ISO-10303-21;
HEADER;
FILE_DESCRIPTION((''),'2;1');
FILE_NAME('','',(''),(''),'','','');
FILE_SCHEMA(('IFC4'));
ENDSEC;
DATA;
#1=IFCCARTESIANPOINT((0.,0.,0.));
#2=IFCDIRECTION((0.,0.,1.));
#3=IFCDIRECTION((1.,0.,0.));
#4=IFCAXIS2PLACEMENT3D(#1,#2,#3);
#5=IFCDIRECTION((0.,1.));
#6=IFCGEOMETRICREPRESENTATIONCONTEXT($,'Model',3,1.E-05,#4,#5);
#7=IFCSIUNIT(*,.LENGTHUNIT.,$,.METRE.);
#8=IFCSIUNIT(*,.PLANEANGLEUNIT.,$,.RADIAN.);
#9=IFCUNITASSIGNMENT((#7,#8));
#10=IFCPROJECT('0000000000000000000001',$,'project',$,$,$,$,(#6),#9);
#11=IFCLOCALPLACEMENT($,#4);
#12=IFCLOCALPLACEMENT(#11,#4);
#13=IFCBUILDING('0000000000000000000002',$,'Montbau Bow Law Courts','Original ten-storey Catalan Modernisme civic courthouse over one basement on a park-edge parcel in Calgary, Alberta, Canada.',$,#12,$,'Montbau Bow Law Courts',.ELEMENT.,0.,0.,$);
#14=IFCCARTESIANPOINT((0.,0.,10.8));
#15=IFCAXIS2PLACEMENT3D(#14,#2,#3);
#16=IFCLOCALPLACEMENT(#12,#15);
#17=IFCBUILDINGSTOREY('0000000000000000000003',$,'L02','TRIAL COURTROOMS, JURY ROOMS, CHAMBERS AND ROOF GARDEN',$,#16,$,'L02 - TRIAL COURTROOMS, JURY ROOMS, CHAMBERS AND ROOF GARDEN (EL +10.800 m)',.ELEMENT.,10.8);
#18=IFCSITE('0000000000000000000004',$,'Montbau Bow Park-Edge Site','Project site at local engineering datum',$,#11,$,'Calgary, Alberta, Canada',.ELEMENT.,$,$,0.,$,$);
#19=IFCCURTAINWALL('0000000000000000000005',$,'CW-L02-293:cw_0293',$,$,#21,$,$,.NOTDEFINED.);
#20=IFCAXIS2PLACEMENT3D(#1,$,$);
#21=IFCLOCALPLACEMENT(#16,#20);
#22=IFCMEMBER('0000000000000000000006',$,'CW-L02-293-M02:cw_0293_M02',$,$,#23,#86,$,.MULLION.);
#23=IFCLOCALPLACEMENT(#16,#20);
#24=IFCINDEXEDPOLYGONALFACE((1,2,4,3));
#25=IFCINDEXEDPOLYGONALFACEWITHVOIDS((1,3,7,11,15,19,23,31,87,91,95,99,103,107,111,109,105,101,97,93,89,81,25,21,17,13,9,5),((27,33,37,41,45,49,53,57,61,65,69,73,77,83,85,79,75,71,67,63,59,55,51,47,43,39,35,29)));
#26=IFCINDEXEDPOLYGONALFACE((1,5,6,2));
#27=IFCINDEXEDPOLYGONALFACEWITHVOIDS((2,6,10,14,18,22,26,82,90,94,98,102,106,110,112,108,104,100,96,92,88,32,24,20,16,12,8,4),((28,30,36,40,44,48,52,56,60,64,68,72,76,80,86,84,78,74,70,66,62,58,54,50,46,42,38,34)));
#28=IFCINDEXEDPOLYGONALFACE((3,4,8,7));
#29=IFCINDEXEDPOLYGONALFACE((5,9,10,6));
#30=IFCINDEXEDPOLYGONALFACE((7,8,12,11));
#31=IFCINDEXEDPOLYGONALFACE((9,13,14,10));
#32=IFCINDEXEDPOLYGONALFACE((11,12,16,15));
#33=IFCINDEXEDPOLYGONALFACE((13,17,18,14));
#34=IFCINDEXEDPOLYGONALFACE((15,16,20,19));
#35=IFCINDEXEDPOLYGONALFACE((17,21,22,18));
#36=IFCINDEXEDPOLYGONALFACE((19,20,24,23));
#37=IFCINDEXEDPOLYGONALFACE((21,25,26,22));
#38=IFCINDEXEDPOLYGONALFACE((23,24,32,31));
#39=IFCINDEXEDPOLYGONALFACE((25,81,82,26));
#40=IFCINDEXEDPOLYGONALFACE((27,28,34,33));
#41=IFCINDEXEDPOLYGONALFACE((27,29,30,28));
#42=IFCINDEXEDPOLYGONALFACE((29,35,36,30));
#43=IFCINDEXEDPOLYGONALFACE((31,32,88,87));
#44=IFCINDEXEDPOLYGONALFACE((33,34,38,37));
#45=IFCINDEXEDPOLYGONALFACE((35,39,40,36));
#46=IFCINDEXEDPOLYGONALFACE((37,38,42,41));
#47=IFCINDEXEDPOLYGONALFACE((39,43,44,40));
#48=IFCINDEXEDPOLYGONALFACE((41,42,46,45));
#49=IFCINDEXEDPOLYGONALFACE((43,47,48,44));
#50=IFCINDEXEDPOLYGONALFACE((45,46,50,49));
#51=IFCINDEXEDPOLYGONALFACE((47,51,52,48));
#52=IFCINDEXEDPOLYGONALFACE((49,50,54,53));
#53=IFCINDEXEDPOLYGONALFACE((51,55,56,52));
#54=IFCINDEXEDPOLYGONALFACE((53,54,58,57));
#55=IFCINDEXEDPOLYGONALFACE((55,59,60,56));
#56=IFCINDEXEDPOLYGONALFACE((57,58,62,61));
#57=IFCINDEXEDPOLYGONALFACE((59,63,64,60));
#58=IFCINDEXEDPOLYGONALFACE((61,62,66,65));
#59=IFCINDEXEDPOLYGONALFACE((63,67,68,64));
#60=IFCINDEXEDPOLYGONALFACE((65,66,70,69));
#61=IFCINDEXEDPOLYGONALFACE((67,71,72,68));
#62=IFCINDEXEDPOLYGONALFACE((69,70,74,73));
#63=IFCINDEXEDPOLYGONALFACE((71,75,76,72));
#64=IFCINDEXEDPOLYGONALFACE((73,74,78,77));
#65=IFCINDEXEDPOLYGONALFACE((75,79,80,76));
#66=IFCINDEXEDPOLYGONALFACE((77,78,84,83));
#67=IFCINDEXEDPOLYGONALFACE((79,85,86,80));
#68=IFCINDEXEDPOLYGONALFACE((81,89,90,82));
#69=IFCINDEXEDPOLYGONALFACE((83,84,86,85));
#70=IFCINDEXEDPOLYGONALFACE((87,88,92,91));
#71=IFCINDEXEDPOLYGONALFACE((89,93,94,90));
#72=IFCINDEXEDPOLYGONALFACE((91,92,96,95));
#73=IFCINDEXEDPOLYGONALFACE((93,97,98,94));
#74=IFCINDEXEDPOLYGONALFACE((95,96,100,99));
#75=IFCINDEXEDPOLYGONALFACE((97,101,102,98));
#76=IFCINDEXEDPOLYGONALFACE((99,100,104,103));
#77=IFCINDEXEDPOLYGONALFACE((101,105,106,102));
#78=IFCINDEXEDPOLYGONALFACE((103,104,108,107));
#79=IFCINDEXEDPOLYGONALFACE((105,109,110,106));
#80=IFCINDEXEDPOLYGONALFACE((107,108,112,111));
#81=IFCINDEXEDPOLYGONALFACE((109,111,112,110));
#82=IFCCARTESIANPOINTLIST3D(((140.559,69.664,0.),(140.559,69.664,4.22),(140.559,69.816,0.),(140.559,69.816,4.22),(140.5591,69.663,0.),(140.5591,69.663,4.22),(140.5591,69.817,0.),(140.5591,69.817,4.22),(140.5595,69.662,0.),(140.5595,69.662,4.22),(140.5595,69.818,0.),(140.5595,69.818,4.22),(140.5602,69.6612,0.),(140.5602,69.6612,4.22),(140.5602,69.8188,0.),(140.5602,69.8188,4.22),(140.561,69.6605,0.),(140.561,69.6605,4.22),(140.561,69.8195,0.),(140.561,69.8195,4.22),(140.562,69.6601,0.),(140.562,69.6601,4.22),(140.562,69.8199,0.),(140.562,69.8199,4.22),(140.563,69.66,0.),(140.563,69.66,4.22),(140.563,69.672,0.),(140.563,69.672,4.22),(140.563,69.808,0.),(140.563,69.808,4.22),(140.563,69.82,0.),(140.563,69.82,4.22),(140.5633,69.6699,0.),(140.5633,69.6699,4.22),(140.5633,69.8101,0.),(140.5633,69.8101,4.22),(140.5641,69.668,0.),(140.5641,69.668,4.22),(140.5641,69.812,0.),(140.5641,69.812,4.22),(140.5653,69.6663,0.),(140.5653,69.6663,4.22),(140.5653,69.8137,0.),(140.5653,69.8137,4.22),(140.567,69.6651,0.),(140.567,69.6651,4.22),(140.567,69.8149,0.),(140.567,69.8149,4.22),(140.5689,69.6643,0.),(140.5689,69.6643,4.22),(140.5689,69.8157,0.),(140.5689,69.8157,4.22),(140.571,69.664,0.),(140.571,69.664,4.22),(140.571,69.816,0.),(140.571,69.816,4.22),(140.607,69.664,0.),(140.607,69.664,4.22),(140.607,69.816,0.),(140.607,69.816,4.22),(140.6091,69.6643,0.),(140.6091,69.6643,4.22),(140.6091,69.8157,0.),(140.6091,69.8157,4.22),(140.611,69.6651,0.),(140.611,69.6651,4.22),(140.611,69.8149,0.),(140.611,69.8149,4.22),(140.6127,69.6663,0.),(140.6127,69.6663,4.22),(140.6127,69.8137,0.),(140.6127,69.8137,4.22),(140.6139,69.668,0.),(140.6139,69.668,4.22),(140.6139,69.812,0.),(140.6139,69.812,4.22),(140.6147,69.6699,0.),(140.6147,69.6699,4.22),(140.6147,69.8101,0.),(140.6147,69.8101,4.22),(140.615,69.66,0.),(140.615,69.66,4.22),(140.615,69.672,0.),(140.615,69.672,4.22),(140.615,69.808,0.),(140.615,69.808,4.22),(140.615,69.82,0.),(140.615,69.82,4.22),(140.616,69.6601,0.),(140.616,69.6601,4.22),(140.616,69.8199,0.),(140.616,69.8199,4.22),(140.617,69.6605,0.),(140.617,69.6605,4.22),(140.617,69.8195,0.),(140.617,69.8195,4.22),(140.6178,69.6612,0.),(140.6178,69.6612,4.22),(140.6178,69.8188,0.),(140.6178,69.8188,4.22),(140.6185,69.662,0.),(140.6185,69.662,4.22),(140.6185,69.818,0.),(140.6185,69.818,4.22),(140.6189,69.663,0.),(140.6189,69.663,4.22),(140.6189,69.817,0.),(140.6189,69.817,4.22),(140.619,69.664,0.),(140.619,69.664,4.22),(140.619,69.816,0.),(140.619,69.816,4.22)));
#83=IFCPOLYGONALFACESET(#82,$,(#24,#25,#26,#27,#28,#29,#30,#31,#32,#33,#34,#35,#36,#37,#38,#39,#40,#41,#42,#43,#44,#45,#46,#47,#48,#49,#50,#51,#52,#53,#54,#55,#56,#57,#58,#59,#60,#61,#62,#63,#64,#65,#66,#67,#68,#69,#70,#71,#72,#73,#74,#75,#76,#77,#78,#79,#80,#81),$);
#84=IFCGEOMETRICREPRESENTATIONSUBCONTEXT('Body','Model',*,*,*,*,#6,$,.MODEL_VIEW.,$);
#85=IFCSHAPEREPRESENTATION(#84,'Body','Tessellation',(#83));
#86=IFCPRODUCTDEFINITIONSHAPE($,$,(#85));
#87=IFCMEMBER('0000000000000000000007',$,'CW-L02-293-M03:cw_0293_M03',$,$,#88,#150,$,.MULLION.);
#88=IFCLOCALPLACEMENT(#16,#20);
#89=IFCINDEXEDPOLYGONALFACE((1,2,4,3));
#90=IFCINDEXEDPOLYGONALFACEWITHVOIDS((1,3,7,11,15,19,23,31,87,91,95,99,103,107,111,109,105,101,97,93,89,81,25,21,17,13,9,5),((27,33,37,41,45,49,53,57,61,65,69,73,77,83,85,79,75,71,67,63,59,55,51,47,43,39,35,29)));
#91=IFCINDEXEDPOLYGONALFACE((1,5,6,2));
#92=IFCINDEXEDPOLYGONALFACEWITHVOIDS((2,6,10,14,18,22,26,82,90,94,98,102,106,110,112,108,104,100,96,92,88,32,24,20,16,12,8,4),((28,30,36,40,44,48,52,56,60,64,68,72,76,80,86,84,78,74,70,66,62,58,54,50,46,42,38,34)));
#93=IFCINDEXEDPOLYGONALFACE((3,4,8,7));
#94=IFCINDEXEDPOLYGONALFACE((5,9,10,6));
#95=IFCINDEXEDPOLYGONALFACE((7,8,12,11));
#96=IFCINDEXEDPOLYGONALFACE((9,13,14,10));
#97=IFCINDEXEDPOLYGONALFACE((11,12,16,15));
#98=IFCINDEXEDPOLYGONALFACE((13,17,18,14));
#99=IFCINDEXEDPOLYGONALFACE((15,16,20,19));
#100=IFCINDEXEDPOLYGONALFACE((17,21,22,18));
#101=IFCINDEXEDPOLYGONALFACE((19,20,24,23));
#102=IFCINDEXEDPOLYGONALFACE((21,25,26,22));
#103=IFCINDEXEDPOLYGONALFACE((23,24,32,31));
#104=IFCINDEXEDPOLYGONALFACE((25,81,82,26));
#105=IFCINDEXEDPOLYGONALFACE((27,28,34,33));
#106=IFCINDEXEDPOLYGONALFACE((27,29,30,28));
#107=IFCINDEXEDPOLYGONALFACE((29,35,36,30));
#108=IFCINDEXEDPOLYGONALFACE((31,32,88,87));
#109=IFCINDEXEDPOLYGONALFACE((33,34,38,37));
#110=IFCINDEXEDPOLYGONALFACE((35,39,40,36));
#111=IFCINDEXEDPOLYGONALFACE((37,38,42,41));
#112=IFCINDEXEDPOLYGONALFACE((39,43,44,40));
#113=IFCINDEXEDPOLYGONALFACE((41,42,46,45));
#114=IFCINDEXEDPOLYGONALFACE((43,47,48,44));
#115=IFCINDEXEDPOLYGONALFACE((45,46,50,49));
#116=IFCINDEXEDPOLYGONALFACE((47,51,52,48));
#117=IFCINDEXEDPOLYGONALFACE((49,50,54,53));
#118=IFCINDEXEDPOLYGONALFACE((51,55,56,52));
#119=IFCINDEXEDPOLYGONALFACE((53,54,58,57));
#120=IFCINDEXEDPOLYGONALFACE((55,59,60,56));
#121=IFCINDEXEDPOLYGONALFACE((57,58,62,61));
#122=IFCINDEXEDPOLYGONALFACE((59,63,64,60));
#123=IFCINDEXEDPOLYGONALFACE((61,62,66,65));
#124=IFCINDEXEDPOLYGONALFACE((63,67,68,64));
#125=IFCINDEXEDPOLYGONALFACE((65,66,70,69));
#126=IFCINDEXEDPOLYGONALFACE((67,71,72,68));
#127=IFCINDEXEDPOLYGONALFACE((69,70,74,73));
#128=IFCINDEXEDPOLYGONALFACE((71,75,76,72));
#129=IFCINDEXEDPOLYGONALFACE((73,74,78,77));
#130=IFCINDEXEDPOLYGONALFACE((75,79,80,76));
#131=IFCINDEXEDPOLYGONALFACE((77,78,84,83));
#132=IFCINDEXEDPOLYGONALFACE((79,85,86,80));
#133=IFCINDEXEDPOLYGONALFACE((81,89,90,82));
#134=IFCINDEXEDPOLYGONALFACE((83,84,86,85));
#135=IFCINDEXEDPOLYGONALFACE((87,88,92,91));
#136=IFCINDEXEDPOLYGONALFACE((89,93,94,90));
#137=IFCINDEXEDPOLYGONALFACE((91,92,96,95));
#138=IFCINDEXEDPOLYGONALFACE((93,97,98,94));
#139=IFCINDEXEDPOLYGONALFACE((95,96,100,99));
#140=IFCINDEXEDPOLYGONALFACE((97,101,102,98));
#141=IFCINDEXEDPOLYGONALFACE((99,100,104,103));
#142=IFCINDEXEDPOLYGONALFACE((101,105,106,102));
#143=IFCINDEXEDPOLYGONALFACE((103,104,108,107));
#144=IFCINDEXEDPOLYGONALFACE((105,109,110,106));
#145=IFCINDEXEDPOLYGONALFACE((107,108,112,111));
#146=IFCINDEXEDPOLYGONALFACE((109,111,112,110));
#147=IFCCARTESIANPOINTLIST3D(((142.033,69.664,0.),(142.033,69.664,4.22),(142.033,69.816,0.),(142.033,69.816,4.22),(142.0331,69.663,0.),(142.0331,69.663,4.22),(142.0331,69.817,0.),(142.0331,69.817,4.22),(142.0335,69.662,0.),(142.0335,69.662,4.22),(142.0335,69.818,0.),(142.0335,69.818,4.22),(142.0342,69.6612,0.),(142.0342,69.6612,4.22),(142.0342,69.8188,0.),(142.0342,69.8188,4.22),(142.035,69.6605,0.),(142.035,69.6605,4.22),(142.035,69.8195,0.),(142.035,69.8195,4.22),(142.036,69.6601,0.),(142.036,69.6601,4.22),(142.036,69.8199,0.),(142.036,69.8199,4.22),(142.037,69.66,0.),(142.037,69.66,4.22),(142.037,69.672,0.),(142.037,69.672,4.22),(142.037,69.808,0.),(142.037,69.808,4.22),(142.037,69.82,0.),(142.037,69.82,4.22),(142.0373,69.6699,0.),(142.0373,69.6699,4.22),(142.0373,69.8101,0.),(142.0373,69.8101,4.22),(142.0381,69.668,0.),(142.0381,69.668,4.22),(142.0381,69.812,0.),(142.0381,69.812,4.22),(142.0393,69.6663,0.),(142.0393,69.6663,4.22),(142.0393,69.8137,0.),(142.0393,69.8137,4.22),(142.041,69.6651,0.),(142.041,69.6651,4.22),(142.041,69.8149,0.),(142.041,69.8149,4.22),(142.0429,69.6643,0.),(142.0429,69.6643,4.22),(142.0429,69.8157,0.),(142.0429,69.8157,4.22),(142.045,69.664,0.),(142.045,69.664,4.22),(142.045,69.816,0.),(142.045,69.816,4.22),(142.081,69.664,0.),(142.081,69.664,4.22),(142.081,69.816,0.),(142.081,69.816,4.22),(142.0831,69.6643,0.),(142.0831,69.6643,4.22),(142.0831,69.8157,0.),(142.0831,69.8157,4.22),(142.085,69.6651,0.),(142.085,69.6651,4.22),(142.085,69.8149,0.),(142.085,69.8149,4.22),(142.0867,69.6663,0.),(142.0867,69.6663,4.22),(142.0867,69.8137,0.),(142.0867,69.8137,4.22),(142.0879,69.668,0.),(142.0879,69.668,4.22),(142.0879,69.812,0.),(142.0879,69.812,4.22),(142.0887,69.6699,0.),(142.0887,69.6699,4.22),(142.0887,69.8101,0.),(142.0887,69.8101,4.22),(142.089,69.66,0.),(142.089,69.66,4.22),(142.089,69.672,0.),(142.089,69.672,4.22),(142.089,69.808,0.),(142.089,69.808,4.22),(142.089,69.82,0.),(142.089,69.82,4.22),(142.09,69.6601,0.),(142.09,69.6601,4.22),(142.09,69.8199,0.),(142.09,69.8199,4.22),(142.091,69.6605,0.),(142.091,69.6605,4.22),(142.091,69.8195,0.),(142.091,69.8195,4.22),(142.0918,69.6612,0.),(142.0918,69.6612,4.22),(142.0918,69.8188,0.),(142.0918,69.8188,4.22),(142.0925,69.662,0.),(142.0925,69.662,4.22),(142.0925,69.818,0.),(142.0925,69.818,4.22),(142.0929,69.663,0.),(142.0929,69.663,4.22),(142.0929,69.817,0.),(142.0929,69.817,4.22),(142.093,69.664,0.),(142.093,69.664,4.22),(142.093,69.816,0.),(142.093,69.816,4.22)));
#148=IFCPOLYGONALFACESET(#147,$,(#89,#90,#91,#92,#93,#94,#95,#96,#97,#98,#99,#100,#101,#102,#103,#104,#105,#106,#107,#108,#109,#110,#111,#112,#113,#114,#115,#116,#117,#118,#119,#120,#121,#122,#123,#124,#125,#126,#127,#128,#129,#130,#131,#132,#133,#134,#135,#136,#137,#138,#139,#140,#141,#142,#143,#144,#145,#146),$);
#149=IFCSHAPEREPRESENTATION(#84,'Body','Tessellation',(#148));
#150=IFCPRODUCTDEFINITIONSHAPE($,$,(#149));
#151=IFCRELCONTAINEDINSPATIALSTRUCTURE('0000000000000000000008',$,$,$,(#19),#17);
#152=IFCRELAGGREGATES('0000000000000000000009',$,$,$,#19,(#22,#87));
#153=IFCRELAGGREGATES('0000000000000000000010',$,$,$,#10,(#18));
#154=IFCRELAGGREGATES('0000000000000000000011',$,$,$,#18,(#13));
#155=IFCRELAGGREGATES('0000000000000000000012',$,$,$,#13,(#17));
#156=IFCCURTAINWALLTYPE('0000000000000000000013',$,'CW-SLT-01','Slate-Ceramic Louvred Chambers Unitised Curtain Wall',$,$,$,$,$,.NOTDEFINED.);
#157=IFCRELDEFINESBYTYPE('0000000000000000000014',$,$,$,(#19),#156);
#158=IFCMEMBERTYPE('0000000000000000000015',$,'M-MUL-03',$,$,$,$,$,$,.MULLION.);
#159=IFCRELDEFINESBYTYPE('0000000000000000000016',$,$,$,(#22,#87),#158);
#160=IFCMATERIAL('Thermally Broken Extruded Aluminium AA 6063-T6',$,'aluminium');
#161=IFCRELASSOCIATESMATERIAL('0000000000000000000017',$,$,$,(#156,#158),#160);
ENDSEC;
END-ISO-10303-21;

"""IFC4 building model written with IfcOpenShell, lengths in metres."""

from ifc_helpers import new_model, si_unit, direction, frame, origin_with_axes, origin_2d_with_axis, place, context, subcontext, project, spatial, hollow_rectangle, extrude, material, material_profile, profile_set, type_object, element, aggregate, save


model = new_model("IFC4")

# Units and contexts
model_context = context("Model", 3, precision=1e-05, world=origin_with_axes(), true_north=direction((0.0, 1.0)))
body_context = subcontext(model_context, "Body", "Model", "MODEL_VIEW")
ifc_project = project(units=[si_unit("LENGTHUNIT", "METRE"), si_unit("PLANEANGLEUNIT", "RADIAN")], contexts=[model_context])

# Site, building, storey
site_placement = place(None, origin_with_axes())
site = spatial("IfcSite", under=ifc_project, at=site_placement, Name="Montbau Bow Park-Edge Site", Description="Project site at local engineering datum", LongName="Calgary, Alberta, Canada", CompositionType="ELEMENT", RefElevation=0.0)
building_placement = place(site_placement, origin_with_axes())
building = spatial("IfcBuilding", under=site, at=building_placement, Name="Montbau Bow Law Courts", Description="Original ten-storey Catalan Modernisme civic courthouse over one basement on a park-edge parcel in Calgary, Alberta, Canada.", LongName="Montbau Bow Law Courts", CompositionType="ELEMENT", ElevationOfRefHeight=0.0, ElevationOfTerrain=0.0)
storey_placement = place(building_placement, frame((0.0, 0.0, 10.8), z_axis=(0.0, 0.0, 1.0), x_axis=(1.0, 0.0, 0.0)))
storey = spatial("IfcBuildingStorey", under=building, at=storey_placement, Name="L02", Description="TRIAL COURTROOMS, JURY ROOMS, CHAMBERS AND ROOF GARDEN", LongName="L02 - TRIAL COURTROOMS, JURY ROOMS, CHAMBERS AND ROOF GARDEN (EL +10.800 m)", CompositionType="ELEMENT", Elevation=10.8)

# Shared definitions
ifc_material_1 = material(Name="Thermally Broken Extruded Aluminium AA 6063-T6", Category="aluminium")
curtain_wall_type = type_object("IfcCurtainWallType", Name="CW-SLT-01", Description="Slate-Ceramic Louvred Chambers Unitised Curtain Wall", PredefinedType="NOTDEFINED", material=ifc_material_1)

# Curtain wall, members
curtain_wall_1_placement = place(None, frame((139.115, 69.74, 10.8), z_axis=(0.0, 0.0, 1.0), x_axis=(1.0, 0.0, 0.0)))
curtain_wall_1 = element("IfcCurtainWall", 1, at=curtain_wall_1_placement, inside=storey, type_object=curtain_wall_type, Name="CW-L02-293:cw_0293", PredefinedType="NOTDEFINED")
ifc_material_profile_1 = material_profile(ifc_material_1, hollow_rectangle(XDim=0.06, YDim=0.16, WallThickness=0.004, InnerFilletRadius=0.008, OuterFilletRadius=0.004, at=origin_2d_with_axis()), Name="CWM-160X60", Category="Main", Priority=0)
ifc_profile_set_1 = profile_set([ifc_material_profile_1], Name="Thermally Broken Extruded Aluminium AA 6063-T6")
member_type_1 = type_object("IfcMemberType", Name="M-MUL-03", PredefinedType="MULLION", material=ifc_profile_set_1)
member_1_placement = place(None, frame((140.589, 69.74, 10.8), z_axis=(0.0, 0.0, 1.0), x_axis=(1.0, 0.0, 0.0)))
member_1 = element("IfcMember", 2, at=member_1_placement, type_object=member_type_1, Name="CW-L02-293-M02:cw_0293_M02", PredefinedType="MULLION", context=body_context, shape_type="SweptSolid", body=[
    extrude(hollow_rectangle(XDim=0.06, YDim=0.16, WallThickness=0.004, InnerFilletRadius=0.008, OuterFilletRadius=0.004, at=origin_2d_with_axis()), origin_with_axes(), (0.0, 0.0, 1.0), 4.22),
])
member_2_placement = place(None, frame((142.063, 69.74, 10.8), z_axis=(0.0, 0.0, 1.0), x_axis=(1.0, 0.0, 0.0)))
member_2 = element("IfcMember", 3, at=member_2_placement, type_object=member_type_1, Name="CW-L02-293-M03:cw_0293_M03", PredefinedType="MULLION", context=body_context, shape_type="SweptSolid", body=[
    extrude(hollow_rectangle(XDim=0.06, YDim=0.16, WallThickness=0.004, InnerFilletRadius=0.008, OuterFilletRadius=0.004, at=origin_2d_with_axis()), origin_with_axes(), (0.0, 0.0, 1.0), 4.22),
])

aggregate(curtain_wall_1, [member_1, member_2])

save(model, "model.ifc")
